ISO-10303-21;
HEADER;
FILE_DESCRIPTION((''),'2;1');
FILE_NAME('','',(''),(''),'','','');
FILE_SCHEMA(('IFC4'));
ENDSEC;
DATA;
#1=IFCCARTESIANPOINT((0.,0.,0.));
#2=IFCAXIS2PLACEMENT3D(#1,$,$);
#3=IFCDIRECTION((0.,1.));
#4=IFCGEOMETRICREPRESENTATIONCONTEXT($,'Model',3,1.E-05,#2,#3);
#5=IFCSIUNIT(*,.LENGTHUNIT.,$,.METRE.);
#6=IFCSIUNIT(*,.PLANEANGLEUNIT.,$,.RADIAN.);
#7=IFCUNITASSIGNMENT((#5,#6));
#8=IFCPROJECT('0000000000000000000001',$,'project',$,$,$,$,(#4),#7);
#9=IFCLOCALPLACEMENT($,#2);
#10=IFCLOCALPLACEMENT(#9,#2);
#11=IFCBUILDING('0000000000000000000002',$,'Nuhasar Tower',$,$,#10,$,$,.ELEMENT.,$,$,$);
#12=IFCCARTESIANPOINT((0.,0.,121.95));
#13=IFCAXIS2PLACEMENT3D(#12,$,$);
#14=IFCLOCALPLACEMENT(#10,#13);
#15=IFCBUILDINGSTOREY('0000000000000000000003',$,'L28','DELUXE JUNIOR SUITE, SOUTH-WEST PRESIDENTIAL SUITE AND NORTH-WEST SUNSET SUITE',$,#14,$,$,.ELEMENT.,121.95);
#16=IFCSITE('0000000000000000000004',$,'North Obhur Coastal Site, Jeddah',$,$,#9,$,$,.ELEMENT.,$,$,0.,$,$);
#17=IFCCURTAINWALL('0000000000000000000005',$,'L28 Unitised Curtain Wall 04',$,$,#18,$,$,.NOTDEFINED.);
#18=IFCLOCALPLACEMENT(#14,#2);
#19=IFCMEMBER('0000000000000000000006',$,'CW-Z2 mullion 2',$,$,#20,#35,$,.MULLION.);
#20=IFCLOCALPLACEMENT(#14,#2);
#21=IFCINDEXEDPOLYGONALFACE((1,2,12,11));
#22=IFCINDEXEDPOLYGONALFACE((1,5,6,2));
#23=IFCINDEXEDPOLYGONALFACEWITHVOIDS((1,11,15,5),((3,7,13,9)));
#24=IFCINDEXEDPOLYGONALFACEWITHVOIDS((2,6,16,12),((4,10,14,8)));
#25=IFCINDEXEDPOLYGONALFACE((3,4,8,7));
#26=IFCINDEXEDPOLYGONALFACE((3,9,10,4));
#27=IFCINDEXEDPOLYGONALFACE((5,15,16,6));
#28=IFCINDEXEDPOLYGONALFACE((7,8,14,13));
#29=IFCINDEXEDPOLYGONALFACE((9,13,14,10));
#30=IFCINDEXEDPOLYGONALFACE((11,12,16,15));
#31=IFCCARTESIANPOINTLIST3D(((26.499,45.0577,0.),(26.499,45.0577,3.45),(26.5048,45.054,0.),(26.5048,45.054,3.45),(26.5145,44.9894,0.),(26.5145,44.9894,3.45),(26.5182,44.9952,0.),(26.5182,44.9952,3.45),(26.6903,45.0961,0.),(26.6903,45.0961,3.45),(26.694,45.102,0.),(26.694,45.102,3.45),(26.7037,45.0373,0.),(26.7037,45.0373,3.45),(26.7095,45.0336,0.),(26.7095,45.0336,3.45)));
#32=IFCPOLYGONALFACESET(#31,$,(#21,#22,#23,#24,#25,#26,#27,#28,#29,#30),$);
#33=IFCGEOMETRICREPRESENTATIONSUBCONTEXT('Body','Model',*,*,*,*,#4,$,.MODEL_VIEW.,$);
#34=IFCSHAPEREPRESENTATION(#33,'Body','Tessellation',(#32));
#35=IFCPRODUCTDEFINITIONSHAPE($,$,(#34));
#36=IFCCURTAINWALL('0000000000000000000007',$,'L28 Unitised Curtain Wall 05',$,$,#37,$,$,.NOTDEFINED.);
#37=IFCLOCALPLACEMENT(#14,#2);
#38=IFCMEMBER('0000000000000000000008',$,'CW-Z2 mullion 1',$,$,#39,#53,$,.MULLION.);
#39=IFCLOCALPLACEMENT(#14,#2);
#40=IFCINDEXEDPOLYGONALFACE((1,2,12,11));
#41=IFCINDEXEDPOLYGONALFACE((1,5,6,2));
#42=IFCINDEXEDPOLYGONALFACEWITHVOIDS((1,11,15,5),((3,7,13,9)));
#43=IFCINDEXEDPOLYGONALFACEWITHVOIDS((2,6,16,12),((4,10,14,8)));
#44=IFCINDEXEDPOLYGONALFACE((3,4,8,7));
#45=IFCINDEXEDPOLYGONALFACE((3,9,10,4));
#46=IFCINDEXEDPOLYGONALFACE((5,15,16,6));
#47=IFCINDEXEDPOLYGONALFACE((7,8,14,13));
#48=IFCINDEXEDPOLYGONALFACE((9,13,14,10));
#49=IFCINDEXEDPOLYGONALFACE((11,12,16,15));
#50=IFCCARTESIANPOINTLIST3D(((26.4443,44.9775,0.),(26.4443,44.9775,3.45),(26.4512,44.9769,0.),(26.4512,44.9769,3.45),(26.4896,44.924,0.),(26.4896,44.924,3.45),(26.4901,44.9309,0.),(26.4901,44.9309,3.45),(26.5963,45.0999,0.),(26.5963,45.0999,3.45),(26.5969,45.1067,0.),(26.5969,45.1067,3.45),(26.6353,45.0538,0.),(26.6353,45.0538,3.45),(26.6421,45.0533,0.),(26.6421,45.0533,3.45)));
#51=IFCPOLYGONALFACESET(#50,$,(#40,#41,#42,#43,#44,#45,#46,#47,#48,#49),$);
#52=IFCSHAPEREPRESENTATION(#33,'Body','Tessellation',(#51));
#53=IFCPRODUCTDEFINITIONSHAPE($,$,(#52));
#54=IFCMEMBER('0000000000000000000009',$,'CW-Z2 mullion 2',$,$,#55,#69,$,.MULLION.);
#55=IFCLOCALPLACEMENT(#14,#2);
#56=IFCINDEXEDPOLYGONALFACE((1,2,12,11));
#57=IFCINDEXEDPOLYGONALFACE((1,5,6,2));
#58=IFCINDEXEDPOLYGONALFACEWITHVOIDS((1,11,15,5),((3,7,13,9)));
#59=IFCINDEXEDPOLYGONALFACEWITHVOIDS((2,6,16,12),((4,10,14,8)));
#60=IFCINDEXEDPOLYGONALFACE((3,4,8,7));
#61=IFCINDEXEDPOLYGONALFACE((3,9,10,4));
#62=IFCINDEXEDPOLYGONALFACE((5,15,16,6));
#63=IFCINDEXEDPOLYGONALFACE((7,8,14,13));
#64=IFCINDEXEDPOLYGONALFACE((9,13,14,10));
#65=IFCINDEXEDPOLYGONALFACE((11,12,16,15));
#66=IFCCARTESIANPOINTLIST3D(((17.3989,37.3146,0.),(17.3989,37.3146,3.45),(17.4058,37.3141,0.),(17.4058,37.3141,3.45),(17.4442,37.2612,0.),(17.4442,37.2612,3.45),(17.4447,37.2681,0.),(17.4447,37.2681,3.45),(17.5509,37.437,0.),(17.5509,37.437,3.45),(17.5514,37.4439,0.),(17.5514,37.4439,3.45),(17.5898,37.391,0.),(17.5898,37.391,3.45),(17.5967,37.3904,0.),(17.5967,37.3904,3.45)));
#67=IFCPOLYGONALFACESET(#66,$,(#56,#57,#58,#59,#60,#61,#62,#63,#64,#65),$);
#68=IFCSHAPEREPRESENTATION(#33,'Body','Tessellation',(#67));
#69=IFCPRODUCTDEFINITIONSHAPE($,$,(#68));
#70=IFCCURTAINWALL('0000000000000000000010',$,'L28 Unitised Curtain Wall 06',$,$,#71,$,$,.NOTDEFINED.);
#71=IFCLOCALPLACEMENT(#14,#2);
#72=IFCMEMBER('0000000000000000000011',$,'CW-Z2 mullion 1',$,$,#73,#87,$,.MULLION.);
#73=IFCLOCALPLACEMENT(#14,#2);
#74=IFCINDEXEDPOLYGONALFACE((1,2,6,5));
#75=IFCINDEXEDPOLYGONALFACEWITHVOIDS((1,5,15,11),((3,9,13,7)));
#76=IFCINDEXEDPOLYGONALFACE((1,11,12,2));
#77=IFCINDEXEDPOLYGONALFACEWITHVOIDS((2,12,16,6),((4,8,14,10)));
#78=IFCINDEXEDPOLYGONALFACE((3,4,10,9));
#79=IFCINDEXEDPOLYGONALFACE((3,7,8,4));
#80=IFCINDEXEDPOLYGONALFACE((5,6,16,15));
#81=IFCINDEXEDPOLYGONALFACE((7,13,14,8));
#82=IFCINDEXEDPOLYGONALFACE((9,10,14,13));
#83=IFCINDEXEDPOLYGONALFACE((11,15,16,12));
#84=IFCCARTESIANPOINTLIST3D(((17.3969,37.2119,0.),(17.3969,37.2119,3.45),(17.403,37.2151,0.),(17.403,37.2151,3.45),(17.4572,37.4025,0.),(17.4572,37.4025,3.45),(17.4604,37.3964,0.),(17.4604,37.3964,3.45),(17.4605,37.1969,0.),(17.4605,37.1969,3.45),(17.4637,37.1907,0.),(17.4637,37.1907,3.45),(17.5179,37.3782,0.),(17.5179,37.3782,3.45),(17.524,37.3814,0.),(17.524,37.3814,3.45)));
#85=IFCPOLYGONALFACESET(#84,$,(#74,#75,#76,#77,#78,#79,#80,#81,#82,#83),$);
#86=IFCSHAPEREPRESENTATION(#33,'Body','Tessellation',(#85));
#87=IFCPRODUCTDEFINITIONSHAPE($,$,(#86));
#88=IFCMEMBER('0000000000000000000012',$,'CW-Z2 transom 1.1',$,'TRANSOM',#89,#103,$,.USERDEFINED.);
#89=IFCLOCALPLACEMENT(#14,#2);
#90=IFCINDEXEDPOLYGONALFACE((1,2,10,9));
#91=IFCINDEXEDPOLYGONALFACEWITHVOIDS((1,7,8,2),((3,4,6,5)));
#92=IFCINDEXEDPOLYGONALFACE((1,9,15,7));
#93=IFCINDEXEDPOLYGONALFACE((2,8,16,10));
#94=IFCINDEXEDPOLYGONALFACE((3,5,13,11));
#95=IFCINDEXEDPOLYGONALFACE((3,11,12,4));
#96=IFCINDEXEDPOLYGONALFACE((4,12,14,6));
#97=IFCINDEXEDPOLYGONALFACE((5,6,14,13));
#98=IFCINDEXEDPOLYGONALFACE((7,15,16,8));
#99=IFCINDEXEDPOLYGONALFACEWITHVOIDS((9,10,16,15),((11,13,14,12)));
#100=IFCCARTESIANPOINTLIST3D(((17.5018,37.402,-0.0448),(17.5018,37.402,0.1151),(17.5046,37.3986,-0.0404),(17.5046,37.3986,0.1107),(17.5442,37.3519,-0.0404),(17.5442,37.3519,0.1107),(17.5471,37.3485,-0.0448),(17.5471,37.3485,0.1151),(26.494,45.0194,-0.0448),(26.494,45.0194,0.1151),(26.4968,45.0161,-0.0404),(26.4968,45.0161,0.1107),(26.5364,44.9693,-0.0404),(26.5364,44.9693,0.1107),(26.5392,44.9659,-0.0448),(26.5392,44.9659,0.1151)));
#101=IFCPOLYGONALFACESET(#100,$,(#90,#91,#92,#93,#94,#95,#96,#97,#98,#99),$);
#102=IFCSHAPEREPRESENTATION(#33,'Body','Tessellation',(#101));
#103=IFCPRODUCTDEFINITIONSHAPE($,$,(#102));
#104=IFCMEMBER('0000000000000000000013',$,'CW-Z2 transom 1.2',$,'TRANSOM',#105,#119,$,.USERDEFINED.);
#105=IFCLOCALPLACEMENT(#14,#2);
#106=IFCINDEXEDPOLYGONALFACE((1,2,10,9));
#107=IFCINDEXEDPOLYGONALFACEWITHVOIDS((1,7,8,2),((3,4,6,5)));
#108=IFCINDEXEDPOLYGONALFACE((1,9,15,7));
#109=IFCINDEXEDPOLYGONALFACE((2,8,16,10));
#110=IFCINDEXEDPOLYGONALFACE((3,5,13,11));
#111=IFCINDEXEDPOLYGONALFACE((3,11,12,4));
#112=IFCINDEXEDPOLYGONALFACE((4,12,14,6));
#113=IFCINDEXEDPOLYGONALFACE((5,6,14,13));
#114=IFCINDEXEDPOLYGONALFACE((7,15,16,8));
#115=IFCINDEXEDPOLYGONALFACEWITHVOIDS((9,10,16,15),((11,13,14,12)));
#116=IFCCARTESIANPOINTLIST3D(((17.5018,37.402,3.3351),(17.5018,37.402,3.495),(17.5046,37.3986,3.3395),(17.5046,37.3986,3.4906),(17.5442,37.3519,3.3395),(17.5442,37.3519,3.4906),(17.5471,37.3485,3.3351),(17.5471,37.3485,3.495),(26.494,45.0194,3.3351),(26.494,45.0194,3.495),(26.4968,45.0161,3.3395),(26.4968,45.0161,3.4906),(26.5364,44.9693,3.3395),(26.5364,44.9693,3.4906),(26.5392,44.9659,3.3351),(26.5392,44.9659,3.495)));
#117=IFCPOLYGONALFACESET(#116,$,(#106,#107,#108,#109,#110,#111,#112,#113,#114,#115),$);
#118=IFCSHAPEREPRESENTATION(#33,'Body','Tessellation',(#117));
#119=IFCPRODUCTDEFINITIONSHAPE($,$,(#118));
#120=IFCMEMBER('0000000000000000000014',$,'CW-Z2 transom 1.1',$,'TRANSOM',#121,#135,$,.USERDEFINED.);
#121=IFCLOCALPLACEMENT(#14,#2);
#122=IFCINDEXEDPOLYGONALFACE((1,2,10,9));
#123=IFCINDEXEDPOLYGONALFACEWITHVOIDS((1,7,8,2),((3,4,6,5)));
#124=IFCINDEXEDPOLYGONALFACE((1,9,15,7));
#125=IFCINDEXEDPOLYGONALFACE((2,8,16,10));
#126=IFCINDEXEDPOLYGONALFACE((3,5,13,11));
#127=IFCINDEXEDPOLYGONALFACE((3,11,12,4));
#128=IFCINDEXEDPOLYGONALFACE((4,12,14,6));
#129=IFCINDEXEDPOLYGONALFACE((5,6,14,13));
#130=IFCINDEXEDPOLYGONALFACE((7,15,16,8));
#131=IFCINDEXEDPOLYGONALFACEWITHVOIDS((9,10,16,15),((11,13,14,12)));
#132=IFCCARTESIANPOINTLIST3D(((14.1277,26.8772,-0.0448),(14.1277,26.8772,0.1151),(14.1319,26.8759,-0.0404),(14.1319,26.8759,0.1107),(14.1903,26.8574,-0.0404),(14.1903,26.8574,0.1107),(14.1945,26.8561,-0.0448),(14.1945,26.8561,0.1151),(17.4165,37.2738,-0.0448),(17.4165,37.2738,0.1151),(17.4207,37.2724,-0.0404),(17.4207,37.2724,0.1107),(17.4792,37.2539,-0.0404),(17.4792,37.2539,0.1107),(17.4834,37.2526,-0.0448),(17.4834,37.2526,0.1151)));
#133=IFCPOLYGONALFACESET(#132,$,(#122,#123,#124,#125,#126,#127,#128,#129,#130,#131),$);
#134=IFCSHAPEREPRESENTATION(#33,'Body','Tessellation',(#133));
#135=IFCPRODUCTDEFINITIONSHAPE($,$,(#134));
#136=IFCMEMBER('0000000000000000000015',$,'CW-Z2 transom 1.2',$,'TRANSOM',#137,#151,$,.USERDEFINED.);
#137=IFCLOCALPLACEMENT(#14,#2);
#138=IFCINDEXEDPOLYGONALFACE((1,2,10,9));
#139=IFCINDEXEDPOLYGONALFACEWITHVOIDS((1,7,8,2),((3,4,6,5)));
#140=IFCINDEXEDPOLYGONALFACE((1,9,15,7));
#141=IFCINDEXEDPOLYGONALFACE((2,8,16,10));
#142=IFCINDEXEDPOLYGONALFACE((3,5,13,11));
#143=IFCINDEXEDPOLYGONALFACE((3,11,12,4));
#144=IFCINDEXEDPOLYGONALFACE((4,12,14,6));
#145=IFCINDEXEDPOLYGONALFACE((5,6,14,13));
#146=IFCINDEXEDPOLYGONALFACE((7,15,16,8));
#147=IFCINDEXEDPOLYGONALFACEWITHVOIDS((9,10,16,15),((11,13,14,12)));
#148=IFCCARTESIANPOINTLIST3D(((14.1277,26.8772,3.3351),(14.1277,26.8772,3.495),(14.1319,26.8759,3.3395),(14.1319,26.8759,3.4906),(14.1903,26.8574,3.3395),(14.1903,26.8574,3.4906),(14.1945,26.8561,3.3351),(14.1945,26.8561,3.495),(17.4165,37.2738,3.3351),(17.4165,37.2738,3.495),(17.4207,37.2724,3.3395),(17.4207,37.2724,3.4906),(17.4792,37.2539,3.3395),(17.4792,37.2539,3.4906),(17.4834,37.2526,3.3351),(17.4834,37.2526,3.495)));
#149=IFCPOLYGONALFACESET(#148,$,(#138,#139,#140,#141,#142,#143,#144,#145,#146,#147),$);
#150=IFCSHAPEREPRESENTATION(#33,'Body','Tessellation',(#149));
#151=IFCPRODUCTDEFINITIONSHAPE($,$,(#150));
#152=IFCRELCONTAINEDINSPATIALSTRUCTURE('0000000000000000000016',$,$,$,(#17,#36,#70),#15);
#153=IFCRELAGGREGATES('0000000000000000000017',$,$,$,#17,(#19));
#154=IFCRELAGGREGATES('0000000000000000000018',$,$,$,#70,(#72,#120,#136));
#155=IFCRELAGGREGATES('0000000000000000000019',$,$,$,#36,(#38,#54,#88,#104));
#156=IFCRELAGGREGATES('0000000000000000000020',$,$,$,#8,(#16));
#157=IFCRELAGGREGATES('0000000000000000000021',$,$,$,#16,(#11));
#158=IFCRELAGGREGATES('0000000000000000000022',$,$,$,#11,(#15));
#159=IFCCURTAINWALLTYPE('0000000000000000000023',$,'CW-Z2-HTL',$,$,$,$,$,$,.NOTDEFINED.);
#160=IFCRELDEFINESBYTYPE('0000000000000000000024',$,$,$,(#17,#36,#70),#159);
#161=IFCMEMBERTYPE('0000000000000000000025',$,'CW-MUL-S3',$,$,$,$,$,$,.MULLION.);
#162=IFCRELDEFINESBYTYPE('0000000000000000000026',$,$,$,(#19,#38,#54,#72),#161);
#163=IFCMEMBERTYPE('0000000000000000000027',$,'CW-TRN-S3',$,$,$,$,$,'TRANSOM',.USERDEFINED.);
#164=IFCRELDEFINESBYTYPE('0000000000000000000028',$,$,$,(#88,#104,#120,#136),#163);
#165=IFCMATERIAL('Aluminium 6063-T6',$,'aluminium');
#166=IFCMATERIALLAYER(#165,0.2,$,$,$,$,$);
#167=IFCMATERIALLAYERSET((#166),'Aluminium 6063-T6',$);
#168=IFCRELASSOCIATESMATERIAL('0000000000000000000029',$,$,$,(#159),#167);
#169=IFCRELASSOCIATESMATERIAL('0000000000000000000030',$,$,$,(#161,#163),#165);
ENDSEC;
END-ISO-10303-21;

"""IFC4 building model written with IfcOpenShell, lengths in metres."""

from ifc_helpers import new_model, si_unit, direction, frame, origin, origin_2d, place, context, subcontext, project, spatial, hollow_rectangle, extrude, material, layer, layer_set, material_profile, profile_set, type_object, element, aggregate, save


model = new_model("IFC4")

# Units and contexts
model_context = context("Model", 3, precision=1e-05, world=origin(), true_north=direction((0.0, 1.0)))
body_context = subcontext(model_context, "Body", "Model", "MODEL_VIEW")
ifc_project = project(units=[si_unit("LENGTHUNIT", "METRE"), si_unit("PLANEANGLEUNIT", "RADIAN")], contexts=[model_context])

# Site, building, storey
site_placement = place(None, origin())
site = spatial("IfcSite", under=ifc_project, at=site_placement, Name="North Obhur Coastal Site, Jeddah", CompositionType="ELEMENT", RefElevation=0.0)
building_placement = place(site_placement, origin())
building = spatial("IfcBuilding", under=site, at=building_placement, Name="Nuhasar Tower", CompositionType="ELEMENT")
storey_placement = place(building_placement, frame((0.0, 0.0, 121.95)))
storey = spatial("IfcBuildingStorey", under=building, at=storey_placement, Name="L28", Description="DELUXE JUNIOR SUITE, SOUTH-WEST PRESIDENTIAL SUITE AND NORTH-WEST SUNSET SUITE", CompositionType="ELEMENT", Elevation=121.95)

# Curtain wall, member
ifc_material_1 = material(Name="Aluminium 6063-T6", Category="aluminium")
ifc_layer_1 = layer(ifc_material_1, 0.2)
ifc_layer_set_1 = layer_set([ifc_layer_1], Name="Aluminium 6063-T6")
curtain_wall_type = type_object("IfcCurtainWallType", Name="CW-Z2-HTL", PredefinedType="NOTDEFINED", material=ifc_layer_set_1)
curtain_wall_1_placement = place(storey_placement, origin())
curtain_wall_1 = element("IfcCurtainWall", 1, at=curtain_wall_1_placement, inside=storey, type_object=curtain_wall_type, Name="L28 Unitised Curtain Wall 04", PredefinedType="NOTDEFINED")
ifc_material_profile_1 = material_profile(ifc_material_1, hollow_rectangle(XDim=0.0701, YDim=0.2, WallThickness=0.0049, at=origin_2d()), Name="CWM-3")
ifc_profile_set_1 = profile_set([ifc_material_profile_1], Name="Aluminium 6063-T6")
member_type_1 = type_object("IfcMemberType", Name="CW-MUL-S3", PredefinedType="MULLION", material=ifc_profile_set_1)
member_1_placement = place(storey_placement, frame((26.6042, 45.0457, 0.0), z_axis=(0.0, 0.0, 1.0), x_axis=(0.221397, -0.975184, 0.0)))
member_1 = element("IfcMember", 2, at=member_1_placement, type_object=member_type_1, Name="CW-Z2 mullion 2", PredefinedType="MULLION", context=body_context, shape_type="SweptSolid", body=[
    extrude(hollow_rectangle(XDim=0.0701, YDim=0.2, WallThickness=0.0049, at=origin_2d()), origin(), (0.0, 0.0, 1.0), 3.45),
])
aggregate(curtain_wall_1, [member_1])

# Curtain wall, members
curtain_wall_2_placement = place(storey_placement, origin())
curtain_wall_2 = element("IfcCurtainWall", 3, at=curtain_wall_2_placement, inside=storey, type_object=curtain_wall_type, Name="L28 Unitised Curtain Wall 05", PredefinedType="NOTDEFINED")
member_2_placement = place(storey_placement, frame((26.5432, 45.0154, 0.0), z_axis=(0.0, 0.0, 1.0), x_axis=(0.646374, -0.76302, 0.0)))
member_2 = element("IfcMember", 4, at=member_2_placement, type_object=member_type_1, Name="CW-Z2 mullion 1", PredefinedType="MULLION", context=body_context, shape_type="SweptSolid", body=[
    extrude(hollow_rectangle(XDim=0.0701, YDim=0.2, WallThickness=0.0049, at=origin_2d()), origin(), (0.0, 0.0, 1.0), 3.45),
])
member_3_placement = place(storey_placement, frame((17.4978, 37.3525, 0.0), z_axis=(0.0, 0.0, 1.0), x_axis=(0.646374, -0.76302, 0.0)))
member_3 = element("IfcMember", 5, at=member_3_placement, type_object=member_type_1, Name="CW-Z2 mullion 2", PredefinedType="MULLION", context=body_context, shape_type="SweptSolid", body=[
    extrude(hollow_rectangle(XDim=0.0701, YDim=0.2, WallThickness=0.0049, at=origin_2d()), origin(), (0.0, 0.0, 1.0), 3.45),
])

# Curtain wall, member
curtain_wall_3_placement = place(storey_placement, origin())
curtain_wall_3 = element("IfcCurtainWall", 6, at=curtain_wall_3_placement, inside=storey, type_object=curtain_wall_type, Name="L28 Unitised Curtain Wall 06", PredefinedType="NOTDEFINED")
member_4_placement = place(storey_placement, frame((17.4604, 37.2966, 0.0), z_axis=(0.0, 0.0, 1.0), x_axis=(0.953433, -0.301604, 0.0)))
member_4 = element("IfcMember", 7, at=member_4_placement, type_object=member_type_1, Name="CW-Z2 mullion 1", PredefinedType="MULLION", context=body_context, shape_type="SweptSolid", body=[
    extrude(hollow_rectangle(XDim=0.0701, YDim=0.2, WallThickness=0.0049, at=origin_2d()), origin(), (0.0, 0.0, 1.0), 3.45),
])

# Members
ifc_material_profile_2 = material_profile(ifc_material_1, hollow_rectangle(XDim=0.0701, YDim=0.1599, WallThickness=0.0044, at=origin_2d()), Name="CWT-3")
ifc_profile_set_2 = profile_set([ifc_material_profile_2], Name="Aluminium 6063-T6")
member_type_2 = type_object("IfcMemberType", Name="CW-TRN-S3", ElementType="TRANSOM", PredefinedType="USERDEFINED", material=ifc_profile_set_2)
member_5_placement = place(storey_placement, frame((26.5166, 44.9927, 0.0352), z_axis=(-0.763024, -0.64637, 0.0), x_axis=(0.64637, -0.763024, 0.0)))
member_5 = element("IfcMember", 8, at=member_5_placement, type_object=member_type_2, Name="CW-Z2 transom 1.1", ObjectType="TRANSOM", PredefinedType="USERDEFINED", context=body_context, shape_type="SweptSolid", body=[
    extrude(hollow_rectangle(XDim=0.0701, YDim=0.1599, WallThickness=0.0044, at=origin_2d()), origin(), (0.0, 0.0, 1.0), 11.7849),
])
member_6_placement = place(storey_placement, frame((26.5166, 44.9927, 3.415), z_axis=(-0.763024, -0.64637, 0.0), x_axis=(0.64637, -0.763024, 0.0)))
member_6 = element("IfcMember", 9, at=member_6_placement, type_object=member_type_2, Name="CW-Z2 transom 1.2", ObjectType="TRANSOM", PredefinedType="USERDEFINED", context=body_context, shape_type="SweptSolid", body=[
    extrude(hollow_rectangle(XDim=0.0701, YDim=0.1599, WallThickness=0.0044, at=origin_2d()), origin(), (0.0, 0.0, 1.0), 11.7849),
])
member_7_placement = place(storey_placement, frame((17.45, 37.2632, 0.0352), z_axis=(-0.301608, -0.953432, 0.0), x_axis=(0.953432, -0.301608, 0.0)))
member_7 = element("IfcMember", 10, at=member_7_placement, type_object=member_type_2, Name="CW-Z2 transom 1.1", ObjectType="TRANSOM", PredefinedType="USERDEFINED", context=body_context, shape_type="SweptSolid", body=[
    extrude(hollow_rectangle(XDim=0.0701, YDim=0.1599, WallThickness=0.0044, at=origin_2d()), origin(), (0.0, 0.0, 1.0), 10.9043),
])
member_8_placement = place(storey_placement, frame((17.45, 37.2632, 3.415), z_axis=(-0.301608, -0.953432, 0.0), x_axis=(0.953432, -0.301608, 0.0)))
member_8 = element("IfcMember", 11, at=member_8_placement, type_object=member_type_2, Name="CW-Z2 transom 1.2", ObjectType="TRANSOM", PredefinedType="USERDEFINED", context=body_context, shape_type="SweptSolid", body=[
    extrude(hollow_rectangle(XDim=0.0701, YDim=0.1599, WallThickness=0.0044, at=origin_2d()), origin(), (0.0, 0.0, 1.0), 10.9043),
])
aggregate(curtain_wall_3, [member_4, member_7, member_8])

aggregate(curtain_wall_2, [member_2, member_3, member_5, member_6])

save(model, "model.ifc")
